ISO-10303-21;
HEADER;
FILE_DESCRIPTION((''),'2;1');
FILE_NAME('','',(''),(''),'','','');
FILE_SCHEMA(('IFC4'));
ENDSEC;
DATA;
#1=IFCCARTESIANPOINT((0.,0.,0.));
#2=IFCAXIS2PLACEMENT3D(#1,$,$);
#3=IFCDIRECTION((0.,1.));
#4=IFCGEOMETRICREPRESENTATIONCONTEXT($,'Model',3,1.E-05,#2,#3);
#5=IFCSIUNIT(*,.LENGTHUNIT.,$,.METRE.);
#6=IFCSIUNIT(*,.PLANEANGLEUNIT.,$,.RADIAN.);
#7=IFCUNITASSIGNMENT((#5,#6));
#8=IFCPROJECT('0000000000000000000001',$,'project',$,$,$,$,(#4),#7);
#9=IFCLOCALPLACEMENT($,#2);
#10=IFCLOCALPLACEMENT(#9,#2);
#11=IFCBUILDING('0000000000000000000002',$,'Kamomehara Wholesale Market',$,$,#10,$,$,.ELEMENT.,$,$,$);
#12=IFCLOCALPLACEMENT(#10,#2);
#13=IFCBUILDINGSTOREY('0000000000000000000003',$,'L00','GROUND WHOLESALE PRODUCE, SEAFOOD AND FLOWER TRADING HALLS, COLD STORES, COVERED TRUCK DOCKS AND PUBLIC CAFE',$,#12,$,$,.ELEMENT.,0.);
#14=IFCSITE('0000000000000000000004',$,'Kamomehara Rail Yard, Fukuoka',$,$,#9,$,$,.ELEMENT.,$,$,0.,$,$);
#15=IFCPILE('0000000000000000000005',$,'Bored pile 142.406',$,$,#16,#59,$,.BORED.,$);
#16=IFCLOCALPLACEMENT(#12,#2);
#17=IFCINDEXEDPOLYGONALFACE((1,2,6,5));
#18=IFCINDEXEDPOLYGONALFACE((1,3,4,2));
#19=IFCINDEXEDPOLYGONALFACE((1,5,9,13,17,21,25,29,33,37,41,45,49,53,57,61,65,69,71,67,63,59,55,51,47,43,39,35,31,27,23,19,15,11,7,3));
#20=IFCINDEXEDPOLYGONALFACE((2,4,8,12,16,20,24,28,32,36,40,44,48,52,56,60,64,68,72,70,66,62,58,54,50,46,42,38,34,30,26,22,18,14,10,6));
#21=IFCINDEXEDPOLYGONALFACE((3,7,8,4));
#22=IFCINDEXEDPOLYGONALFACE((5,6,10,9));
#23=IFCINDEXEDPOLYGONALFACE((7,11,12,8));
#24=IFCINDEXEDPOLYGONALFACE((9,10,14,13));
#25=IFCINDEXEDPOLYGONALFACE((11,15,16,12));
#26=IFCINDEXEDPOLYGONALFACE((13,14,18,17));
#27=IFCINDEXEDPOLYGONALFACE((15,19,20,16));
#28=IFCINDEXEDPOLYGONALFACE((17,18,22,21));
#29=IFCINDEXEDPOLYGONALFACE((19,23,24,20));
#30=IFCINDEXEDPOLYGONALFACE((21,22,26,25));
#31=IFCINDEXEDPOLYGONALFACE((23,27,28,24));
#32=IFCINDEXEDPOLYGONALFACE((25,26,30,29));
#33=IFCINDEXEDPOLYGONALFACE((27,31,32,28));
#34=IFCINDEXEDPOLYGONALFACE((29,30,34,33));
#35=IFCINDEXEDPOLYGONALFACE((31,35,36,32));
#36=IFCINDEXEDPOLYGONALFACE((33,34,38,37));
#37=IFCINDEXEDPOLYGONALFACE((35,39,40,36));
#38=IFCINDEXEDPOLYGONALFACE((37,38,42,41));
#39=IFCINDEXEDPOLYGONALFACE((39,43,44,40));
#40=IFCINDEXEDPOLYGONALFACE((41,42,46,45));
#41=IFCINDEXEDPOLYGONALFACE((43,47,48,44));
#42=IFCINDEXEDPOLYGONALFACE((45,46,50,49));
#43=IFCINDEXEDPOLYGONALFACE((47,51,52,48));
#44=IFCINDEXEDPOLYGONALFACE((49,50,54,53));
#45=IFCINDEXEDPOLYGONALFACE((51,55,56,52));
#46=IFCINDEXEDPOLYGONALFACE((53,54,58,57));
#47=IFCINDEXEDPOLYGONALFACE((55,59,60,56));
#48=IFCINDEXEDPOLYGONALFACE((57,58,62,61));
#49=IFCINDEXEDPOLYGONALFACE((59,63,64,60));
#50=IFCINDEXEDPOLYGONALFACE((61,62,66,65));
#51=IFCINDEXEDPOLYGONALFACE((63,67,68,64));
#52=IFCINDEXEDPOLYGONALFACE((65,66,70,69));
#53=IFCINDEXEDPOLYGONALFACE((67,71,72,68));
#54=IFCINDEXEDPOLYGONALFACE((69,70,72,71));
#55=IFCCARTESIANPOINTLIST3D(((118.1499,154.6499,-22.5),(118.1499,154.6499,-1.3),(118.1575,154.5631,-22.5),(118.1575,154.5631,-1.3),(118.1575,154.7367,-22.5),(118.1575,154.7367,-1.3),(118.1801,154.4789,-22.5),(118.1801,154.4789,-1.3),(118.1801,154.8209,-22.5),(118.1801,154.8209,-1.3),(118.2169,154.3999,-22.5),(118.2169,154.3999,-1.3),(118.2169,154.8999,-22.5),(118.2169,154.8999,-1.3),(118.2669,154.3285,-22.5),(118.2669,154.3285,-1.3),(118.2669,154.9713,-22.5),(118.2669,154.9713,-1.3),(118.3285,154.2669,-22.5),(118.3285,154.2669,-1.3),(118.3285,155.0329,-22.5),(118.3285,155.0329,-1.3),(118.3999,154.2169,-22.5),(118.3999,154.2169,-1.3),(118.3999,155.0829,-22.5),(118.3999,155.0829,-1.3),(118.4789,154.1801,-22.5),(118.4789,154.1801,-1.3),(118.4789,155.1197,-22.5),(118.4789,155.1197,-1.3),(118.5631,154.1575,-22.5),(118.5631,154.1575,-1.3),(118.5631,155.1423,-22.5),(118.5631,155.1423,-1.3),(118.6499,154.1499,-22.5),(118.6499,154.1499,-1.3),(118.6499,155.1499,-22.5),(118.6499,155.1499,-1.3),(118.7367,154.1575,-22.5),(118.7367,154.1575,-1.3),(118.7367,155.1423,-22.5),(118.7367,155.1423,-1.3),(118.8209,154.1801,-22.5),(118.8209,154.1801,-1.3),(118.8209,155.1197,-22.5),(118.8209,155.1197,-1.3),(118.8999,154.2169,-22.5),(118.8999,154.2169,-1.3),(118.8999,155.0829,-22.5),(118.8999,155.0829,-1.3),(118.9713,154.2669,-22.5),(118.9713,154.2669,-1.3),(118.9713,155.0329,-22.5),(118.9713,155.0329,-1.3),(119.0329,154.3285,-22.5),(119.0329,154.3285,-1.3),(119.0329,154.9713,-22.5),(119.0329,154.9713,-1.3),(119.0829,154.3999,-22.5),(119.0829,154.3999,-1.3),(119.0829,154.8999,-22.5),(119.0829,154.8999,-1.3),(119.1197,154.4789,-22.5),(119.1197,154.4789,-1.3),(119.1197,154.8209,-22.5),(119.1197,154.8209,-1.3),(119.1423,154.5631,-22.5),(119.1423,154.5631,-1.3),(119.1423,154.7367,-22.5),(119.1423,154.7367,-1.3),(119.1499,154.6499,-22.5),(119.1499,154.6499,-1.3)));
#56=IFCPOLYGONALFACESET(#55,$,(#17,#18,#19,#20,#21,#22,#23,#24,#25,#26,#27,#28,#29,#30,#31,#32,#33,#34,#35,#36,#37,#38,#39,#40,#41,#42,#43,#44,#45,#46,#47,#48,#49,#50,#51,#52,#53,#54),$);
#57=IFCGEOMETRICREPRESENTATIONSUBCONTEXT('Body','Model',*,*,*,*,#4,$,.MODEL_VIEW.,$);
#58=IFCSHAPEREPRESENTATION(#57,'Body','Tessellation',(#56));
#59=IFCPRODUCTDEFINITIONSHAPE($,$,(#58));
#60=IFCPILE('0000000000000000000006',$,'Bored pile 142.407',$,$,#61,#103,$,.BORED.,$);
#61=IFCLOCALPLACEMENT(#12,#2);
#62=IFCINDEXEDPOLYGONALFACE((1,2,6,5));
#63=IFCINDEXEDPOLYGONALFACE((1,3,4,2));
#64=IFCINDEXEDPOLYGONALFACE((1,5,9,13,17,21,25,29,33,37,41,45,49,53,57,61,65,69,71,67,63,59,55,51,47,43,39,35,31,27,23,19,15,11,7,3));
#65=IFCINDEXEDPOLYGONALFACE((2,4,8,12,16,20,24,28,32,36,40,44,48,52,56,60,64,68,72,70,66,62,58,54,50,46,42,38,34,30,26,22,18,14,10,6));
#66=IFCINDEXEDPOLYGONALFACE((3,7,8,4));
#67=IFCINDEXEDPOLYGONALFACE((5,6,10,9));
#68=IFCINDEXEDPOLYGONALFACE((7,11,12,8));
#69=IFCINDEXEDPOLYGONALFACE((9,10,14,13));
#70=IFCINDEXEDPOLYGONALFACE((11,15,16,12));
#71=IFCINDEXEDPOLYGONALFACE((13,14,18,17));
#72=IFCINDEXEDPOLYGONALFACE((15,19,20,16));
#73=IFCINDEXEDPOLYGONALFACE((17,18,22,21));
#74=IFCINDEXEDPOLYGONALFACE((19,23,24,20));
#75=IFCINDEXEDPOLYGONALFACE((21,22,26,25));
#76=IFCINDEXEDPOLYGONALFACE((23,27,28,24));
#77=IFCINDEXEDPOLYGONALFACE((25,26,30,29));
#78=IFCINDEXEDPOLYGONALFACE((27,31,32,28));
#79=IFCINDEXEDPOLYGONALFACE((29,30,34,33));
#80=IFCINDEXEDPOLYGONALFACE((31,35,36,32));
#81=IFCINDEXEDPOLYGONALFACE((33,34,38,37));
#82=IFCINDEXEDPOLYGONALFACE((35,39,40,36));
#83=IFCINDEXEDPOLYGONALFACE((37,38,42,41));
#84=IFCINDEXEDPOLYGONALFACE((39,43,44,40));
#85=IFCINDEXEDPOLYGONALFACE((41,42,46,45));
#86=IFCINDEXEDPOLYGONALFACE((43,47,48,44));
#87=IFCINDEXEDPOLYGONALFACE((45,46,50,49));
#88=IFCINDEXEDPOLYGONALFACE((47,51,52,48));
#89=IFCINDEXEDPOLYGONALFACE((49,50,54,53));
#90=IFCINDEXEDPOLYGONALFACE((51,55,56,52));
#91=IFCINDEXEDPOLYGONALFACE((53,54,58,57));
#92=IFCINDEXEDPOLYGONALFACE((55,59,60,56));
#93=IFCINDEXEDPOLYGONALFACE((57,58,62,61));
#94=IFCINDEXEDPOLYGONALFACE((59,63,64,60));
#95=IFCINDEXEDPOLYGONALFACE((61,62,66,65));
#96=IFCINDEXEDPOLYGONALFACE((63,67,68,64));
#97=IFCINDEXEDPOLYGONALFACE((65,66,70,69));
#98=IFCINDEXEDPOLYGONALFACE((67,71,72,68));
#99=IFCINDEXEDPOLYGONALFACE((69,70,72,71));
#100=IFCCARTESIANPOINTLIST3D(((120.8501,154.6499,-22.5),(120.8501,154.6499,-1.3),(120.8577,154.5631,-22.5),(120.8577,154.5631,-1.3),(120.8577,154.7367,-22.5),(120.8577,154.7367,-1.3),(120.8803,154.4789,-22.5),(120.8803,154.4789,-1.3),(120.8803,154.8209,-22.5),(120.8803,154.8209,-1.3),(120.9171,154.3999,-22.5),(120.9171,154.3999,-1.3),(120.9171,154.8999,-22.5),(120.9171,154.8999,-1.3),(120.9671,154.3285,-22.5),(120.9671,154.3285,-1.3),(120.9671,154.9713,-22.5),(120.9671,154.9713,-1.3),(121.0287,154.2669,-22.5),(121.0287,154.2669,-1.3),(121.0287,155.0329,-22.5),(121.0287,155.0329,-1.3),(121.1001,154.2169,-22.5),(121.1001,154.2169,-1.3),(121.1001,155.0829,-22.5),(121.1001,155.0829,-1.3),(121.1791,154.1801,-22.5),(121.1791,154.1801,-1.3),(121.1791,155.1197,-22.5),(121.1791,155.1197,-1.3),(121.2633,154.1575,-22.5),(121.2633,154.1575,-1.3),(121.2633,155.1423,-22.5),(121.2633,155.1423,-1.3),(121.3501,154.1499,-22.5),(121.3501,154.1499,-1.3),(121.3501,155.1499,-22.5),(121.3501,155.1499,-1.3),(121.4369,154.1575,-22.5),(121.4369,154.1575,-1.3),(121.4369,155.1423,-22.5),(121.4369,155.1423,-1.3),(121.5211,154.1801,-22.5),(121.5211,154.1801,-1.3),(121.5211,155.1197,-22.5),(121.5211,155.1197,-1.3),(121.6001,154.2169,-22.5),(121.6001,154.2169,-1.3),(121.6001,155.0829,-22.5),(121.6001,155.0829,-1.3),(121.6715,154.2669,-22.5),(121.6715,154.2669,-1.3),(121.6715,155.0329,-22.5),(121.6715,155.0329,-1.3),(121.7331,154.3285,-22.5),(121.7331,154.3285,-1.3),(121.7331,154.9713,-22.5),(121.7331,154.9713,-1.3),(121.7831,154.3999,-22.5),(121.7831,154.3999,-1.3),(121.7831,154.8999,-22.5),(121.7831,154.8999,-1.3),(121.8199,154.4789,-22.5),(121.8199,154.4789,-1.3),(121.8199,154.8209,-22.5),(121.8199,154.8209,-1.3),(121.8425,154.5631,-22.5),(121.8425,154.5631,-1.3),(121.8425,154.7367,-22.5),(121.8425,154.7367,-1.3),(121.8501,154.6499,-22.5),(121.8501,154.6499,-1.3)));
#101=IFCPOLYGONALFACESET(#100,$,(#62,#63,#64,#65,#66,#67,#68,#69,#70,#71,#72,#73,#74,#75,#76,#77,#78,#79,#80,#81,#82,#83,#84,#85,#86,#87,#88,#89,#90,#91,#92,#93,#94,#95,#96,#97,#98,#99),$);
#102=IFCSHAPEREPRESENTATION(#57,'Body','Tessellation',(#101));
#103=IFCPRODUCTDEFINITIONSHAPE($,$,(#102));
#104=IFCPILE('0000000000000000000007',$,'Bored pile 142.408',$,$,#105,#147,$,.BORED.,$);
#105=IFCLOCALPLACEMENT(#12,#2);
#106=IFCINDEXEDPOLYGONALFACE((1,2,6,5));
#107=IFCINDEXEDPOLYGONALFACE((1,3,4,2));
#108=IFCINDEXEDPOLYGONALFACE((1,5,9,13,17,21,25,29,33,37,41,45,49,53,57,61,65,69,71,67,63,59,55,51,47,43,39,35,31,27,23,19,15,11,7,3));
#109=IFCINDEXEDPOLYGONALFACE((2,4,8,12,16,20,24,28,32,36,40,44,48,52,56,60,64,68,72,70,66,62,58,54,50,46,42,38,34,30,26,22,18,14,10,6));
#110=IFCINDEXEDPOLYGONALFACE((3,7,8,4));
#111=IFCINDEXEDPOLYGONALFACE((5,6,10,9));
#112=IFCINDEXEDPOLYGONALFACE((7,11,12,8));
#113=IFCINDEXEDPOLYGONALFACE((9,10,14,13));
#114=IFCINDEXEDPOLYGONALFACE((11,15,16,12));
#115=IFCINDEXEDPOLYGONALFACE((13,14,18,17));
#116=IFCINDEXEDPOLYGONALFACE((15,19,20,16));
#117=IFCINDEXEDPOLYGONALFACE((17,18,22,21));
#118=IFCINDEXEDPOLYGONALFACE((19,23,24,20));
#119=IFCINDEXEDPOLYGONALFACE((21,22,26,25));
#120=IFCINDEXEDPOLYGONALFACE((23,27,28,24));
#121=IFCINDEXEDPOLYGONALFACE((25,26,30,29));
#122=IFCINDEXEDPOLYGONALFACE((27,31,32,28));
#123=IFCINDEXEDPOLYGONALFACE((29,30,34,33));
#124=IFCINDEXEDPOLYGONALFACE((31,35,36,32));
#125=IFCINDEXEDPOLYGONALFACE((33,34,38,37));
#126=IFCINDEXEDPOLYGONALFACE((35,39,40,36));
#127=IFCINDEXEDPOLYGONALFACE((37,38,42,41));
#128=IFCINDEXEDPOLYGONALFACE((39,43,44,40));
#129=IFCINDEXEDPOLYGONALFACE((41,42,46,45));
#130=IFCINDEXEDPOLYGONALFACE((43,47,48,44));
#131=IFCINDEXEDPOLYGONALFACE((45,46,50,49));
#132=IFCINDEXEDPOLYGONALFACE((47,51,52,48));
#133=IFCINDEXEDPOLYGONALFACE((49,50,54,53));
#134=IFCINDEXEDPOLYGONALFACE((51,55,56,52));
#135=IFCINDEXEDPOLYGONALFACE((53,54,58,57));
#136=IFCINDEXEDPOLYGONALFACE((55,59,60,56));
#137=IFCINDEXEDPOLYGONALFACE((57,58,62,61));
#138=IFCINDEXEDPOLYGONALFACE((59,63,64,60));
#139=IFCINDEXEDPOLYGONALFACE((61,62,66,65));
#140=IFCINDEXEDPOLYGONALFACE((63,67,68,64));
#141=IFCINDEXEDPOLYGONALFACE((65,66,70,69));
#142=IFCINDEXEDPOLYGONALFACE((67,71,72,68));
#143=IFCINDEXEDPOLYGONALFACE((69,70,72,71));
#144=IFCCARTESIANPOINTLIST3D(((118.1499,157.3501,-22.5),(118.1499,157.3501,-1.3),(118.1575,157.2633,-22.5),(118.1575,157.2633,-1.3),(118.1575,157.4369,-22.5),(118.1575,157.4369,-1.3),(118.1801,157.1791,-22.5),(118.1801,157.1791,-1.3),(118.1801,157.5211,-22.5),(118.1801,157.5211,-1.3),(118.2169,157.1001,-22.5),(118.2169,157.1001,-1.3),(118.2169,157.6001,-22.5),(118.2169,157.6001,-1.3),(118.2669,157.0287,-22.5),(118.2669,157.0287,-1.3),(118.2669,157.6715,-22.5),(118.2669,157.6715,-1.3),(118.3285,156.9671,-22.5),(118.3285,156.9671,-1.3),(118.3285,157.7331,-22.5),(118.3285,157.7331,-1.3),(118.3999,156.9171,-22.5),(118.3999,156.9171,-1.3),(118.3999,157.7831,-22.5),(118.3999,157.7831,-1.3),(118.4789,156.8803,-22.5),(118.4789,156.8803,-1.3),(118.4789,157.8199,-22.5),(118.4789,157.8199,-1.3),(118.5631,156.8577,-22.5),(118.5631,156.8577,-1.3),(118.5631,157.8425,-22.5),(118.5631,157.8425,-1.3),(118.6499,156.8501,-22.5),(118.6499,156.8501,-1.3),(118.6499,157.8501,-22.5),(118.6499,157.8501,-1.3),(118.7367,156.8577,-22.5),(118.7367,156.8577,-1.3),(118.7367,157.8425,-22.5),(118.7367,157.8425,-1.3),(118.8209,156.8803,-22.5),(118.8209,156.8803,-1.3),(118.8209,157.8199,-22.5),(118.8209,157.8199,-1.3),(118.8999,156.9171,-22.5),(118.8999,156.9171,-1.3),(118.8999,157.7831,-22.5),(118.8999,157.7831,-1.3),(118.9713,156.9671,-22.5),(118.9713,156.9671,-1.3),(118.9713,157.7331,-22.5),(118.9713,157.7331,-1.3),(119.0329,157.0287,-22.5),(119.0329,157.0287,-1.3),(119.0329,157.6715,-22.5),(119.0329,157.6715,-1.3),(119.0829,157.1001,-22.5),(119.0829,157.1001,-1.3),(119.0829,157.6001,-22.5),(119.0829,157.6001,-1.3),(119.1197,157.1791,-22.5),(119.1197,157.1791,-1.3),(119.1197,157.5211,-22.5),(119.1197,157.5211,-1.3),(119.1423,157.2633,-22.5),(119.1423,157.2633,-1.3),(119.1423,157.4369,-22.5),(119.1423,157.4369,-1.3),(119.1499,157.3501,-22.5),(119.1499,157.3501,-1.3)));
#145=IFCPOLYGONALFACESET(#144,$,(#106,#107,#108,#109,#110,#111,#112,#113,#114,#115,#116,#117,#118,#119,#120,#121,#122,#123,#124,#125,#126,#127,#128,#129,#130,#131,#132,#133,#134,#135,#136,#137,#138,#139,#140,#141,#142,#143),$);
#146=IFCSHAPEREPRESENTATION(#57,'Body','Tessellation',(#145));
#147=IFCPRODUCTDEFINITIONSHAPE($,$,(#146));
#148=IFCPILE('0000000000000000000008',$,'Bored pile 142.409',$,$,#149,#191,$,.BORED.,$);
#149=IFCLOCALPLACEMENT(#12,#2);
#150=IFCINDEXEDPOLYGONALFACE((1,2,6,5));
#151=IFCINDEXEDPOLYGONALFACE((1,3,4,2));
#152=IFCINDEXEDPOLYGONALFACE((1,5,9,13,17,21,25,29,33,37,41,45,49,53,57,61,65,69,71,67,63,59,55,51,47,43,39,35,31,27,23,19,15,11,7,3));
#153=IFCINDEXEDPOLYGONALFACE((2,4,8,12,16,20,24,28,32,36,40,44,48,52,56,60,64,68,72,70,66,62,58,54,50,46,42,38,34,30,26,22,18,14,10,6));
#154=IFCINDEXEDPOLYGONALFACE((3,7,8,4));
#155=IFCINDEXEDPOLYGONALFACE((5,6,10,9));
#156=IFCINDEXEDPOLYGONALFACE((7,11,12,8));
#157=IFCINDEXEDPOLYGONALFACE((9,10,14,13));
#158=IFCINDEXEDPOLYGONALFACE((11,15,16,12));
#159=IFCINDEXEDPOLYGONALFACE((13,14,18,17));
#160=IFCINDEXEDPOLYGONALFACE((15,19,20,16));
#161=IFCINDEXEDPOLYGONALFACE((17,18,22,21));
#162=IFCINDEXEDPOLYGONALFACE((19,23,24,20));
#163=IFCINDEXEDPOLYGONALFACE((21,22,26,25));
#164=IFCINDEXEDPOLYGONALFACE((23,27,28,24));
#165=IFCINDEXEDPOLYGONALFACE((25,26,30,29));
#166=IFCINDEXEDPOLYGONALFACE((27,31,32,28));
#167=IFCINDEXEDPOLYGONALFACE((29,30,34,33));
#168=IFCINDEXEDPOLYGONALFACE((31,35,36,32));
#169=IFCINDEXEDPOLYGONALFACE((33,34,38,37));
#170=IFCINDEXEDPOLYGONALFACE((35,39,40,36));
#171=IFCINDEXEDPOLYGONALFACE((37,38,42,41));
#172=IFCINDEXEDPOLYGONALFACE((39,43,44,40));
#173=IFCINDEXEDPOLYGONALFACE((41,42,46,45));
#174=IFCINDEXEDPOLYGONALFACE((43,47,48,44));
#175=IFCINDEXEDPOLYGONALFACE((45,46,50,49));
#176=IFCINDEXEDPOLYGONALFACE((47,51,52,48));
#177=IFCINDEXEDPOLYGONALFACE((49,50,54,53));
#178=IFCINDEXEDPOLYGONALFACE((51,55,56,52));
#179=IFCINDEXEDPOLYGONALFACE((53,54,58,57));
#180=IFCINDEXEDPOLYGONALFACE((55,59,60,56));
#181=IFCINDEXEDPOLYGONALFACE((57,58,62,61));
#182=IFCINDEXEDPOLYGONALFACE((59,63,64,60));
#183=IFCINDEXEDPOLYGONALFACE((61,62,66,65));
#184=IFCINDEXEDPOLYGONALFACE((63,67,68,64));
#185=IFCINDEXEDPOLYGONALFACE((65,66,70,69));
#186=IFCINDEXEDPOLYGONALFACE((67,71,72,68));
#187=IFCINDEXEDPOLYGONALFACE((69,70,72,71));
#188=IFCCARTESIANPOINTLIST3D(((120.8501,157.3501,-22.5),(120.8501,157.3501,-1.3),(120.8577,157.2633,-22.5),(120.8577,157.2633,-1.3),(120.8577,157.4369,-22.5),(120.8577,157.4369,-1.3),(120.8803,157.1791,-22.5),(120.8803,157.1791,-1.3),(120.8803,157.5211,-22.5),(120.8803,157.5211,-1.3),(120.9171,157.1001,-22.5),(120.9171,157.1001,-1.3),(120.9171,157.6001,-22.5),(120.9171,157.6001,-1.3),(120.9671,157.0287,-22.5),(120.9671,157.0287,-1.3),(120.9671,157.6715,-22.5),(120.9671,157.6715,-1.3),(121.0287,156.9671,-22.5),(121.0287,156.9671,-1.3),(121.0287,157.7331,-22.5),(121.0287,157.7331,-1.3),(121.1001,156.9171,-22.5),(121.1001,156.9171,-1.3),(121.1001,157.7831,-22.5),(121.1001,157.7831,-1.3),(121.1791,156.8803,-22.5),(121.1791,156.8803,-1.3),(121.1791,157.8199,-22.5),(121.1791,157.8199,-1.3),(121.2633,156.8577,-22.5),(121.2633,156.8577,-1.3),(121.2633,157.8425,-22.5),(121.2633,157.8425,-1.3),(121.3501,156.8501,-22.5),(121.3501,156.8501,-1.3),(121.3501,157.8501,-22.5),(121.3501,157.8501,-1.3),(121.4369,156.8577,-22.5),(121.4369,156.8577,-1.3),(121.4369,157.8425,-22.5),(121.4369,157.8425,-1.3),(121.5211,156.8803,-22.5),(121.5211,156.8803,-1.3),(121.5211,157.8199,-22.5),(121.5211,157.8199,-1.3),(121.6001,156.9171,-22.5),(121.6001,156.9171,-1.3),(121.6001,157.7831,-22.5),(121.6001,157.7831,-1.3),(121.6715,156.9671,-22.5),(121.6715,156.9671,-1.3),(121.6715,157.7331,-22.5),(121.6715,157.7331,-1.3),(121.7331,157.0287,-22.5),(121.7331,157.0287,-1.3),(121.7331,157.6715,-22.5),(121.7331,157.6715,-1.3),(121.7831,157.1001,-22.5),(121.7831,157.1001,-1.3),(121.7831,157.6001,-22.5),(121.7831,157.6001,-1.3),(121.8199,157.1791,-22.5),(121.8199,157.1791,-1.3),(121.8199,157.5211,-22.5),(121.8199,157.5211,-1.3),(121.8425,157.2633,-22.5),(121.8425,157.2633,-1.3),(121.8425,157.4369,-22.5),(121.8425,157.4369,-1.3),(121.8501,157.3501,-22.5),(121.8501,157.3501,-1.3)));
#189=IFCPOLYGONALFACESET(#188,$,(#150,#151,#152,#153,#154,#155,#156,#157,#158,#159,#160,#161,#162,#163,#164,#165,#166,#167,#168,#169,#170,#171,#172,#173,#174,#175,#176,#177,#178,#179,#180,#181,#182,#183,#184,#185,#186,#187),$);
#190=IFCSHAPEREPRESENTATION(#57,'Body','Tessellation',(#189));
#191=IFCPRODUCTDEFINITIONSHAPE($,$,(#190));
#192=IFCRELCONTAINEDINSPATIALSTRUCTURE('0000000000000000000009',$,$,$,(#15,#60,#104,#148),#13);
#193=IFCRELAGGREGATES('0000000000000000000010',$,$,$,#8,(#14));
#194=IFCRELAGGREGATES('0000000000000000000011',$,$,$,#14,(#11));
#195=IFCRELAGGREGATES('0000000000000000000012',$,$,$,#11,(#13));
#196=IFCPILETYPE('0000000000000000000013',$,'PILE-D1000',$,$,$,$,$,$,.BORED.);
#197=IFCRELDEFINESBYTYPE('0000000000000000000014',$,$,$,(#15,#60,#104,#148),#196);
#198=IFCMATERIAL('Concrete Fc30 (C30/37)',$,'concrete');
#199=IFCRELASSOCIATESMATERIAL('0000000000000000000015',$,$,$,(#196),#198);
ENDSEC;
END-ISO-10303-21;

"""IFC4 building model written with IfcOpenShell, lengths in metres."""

from ifc_helpers import new_model, si_unit, direction, frame, origin, origin_2d, place, context, subcontext, project, spatial, circle, extrude, material, material_profile, profile_set, type_object, element, save


model = new_model("IFC4")

# Units and contexts
model_context = context("Model", 3, precision=1e-05, world=origin(), true_north=direction((0.0, 1.0)))
body_context = subcontext(model_context, "Body", "Model", "MODEL_VIEW")
ifc_project = project(units=[si_unit("LENGTHUNIT", "METRE"), si_unit("PLANEANGLEUNIT", "RADIAN")], contexts=[model_context])

# Site, building, storey
site_placement = place(None, origin())
site = spatial("IfcSite", under=ifc_project, at=site_placement, Name="Kamomehara Rail Yard, Fukuoka", CompositionType="ELEMENT", RefElevation=0.0)
building_placement = place(site_placement, origin())
building = spatial("IfcBuilding", under=site, at=building_placement, Name="Kamomehara Wholesale Market", CompositionType="ELEMENT")
storey_placement = place(building_placement, origin())
storey = spatial("IfcBuildingStorey", under=building, at=storey_placement, Name="L00", Description="GROUND WHOLESALE PRODUCE, SEAFOOD AND FLOWER TRADING HALLS, COLD STORES, COVERED TRUCK DOCKS AND PUBLIC CAFE", CompositionType="ELEMENT", Elevation=0.0)

# Piles
ifc_material_1 = material(Name="Concrete Fc30 (C30/37)", Category="concrete")
ifc_material_profile_1 = material_profile(ifc_material_1, circle(Radius=0.5, at=origin_2d()), Name="RC-PILE-D1000")
ifc_profile_set_1 = profile_set([ifc_material_profile_1], Name="Concrete Fc30 (C30/37)")
pile_type_1 = type_object("IfcPileType", Name="PILE-D1000", PredefinedType="BORED", material=ifc_profile_set_1)
for number, where, z_axis, x_axis, name in (
    (1, (118.6499, 154.6499, -1.3), (0.0, 0.0, -1.0), (1.0, 0.0, 0.0), "Bored pile 142.406"),
    (2, (121.3501, 154.6499, -1.3), (0.0, 0.0, -1.0), (1.0, 0.0, 0.0), "Bored pile 142.407"),
    (3, (118.6499, 157.3501, -1.3), (0.0, 0.0, -1.0), (1.0, 0.0, 0.0), "Bored pile 142.408"),
    (4, (121.3501, 157.3501, -1.3), (0.0, 0.0, -1.0), (1.0, 0.0, 0.0), "Bored pile 142.409"),
):
    element("IfcPile", number, at=place(storey_placement, frame(where, z_axis=z_axis, x_axis=x_axis)), inside=storey, type_object=pile_type_1, Name=name, PredefinedType="BORED", context=body_context, shape_type="SweptSolid", body=[
        extrude(circle(Radius=0.5, at=origin_2d()), origin(), (0.0, 0.0, 1.0), 21.2),
    ])

save(model, "model.ifc")
